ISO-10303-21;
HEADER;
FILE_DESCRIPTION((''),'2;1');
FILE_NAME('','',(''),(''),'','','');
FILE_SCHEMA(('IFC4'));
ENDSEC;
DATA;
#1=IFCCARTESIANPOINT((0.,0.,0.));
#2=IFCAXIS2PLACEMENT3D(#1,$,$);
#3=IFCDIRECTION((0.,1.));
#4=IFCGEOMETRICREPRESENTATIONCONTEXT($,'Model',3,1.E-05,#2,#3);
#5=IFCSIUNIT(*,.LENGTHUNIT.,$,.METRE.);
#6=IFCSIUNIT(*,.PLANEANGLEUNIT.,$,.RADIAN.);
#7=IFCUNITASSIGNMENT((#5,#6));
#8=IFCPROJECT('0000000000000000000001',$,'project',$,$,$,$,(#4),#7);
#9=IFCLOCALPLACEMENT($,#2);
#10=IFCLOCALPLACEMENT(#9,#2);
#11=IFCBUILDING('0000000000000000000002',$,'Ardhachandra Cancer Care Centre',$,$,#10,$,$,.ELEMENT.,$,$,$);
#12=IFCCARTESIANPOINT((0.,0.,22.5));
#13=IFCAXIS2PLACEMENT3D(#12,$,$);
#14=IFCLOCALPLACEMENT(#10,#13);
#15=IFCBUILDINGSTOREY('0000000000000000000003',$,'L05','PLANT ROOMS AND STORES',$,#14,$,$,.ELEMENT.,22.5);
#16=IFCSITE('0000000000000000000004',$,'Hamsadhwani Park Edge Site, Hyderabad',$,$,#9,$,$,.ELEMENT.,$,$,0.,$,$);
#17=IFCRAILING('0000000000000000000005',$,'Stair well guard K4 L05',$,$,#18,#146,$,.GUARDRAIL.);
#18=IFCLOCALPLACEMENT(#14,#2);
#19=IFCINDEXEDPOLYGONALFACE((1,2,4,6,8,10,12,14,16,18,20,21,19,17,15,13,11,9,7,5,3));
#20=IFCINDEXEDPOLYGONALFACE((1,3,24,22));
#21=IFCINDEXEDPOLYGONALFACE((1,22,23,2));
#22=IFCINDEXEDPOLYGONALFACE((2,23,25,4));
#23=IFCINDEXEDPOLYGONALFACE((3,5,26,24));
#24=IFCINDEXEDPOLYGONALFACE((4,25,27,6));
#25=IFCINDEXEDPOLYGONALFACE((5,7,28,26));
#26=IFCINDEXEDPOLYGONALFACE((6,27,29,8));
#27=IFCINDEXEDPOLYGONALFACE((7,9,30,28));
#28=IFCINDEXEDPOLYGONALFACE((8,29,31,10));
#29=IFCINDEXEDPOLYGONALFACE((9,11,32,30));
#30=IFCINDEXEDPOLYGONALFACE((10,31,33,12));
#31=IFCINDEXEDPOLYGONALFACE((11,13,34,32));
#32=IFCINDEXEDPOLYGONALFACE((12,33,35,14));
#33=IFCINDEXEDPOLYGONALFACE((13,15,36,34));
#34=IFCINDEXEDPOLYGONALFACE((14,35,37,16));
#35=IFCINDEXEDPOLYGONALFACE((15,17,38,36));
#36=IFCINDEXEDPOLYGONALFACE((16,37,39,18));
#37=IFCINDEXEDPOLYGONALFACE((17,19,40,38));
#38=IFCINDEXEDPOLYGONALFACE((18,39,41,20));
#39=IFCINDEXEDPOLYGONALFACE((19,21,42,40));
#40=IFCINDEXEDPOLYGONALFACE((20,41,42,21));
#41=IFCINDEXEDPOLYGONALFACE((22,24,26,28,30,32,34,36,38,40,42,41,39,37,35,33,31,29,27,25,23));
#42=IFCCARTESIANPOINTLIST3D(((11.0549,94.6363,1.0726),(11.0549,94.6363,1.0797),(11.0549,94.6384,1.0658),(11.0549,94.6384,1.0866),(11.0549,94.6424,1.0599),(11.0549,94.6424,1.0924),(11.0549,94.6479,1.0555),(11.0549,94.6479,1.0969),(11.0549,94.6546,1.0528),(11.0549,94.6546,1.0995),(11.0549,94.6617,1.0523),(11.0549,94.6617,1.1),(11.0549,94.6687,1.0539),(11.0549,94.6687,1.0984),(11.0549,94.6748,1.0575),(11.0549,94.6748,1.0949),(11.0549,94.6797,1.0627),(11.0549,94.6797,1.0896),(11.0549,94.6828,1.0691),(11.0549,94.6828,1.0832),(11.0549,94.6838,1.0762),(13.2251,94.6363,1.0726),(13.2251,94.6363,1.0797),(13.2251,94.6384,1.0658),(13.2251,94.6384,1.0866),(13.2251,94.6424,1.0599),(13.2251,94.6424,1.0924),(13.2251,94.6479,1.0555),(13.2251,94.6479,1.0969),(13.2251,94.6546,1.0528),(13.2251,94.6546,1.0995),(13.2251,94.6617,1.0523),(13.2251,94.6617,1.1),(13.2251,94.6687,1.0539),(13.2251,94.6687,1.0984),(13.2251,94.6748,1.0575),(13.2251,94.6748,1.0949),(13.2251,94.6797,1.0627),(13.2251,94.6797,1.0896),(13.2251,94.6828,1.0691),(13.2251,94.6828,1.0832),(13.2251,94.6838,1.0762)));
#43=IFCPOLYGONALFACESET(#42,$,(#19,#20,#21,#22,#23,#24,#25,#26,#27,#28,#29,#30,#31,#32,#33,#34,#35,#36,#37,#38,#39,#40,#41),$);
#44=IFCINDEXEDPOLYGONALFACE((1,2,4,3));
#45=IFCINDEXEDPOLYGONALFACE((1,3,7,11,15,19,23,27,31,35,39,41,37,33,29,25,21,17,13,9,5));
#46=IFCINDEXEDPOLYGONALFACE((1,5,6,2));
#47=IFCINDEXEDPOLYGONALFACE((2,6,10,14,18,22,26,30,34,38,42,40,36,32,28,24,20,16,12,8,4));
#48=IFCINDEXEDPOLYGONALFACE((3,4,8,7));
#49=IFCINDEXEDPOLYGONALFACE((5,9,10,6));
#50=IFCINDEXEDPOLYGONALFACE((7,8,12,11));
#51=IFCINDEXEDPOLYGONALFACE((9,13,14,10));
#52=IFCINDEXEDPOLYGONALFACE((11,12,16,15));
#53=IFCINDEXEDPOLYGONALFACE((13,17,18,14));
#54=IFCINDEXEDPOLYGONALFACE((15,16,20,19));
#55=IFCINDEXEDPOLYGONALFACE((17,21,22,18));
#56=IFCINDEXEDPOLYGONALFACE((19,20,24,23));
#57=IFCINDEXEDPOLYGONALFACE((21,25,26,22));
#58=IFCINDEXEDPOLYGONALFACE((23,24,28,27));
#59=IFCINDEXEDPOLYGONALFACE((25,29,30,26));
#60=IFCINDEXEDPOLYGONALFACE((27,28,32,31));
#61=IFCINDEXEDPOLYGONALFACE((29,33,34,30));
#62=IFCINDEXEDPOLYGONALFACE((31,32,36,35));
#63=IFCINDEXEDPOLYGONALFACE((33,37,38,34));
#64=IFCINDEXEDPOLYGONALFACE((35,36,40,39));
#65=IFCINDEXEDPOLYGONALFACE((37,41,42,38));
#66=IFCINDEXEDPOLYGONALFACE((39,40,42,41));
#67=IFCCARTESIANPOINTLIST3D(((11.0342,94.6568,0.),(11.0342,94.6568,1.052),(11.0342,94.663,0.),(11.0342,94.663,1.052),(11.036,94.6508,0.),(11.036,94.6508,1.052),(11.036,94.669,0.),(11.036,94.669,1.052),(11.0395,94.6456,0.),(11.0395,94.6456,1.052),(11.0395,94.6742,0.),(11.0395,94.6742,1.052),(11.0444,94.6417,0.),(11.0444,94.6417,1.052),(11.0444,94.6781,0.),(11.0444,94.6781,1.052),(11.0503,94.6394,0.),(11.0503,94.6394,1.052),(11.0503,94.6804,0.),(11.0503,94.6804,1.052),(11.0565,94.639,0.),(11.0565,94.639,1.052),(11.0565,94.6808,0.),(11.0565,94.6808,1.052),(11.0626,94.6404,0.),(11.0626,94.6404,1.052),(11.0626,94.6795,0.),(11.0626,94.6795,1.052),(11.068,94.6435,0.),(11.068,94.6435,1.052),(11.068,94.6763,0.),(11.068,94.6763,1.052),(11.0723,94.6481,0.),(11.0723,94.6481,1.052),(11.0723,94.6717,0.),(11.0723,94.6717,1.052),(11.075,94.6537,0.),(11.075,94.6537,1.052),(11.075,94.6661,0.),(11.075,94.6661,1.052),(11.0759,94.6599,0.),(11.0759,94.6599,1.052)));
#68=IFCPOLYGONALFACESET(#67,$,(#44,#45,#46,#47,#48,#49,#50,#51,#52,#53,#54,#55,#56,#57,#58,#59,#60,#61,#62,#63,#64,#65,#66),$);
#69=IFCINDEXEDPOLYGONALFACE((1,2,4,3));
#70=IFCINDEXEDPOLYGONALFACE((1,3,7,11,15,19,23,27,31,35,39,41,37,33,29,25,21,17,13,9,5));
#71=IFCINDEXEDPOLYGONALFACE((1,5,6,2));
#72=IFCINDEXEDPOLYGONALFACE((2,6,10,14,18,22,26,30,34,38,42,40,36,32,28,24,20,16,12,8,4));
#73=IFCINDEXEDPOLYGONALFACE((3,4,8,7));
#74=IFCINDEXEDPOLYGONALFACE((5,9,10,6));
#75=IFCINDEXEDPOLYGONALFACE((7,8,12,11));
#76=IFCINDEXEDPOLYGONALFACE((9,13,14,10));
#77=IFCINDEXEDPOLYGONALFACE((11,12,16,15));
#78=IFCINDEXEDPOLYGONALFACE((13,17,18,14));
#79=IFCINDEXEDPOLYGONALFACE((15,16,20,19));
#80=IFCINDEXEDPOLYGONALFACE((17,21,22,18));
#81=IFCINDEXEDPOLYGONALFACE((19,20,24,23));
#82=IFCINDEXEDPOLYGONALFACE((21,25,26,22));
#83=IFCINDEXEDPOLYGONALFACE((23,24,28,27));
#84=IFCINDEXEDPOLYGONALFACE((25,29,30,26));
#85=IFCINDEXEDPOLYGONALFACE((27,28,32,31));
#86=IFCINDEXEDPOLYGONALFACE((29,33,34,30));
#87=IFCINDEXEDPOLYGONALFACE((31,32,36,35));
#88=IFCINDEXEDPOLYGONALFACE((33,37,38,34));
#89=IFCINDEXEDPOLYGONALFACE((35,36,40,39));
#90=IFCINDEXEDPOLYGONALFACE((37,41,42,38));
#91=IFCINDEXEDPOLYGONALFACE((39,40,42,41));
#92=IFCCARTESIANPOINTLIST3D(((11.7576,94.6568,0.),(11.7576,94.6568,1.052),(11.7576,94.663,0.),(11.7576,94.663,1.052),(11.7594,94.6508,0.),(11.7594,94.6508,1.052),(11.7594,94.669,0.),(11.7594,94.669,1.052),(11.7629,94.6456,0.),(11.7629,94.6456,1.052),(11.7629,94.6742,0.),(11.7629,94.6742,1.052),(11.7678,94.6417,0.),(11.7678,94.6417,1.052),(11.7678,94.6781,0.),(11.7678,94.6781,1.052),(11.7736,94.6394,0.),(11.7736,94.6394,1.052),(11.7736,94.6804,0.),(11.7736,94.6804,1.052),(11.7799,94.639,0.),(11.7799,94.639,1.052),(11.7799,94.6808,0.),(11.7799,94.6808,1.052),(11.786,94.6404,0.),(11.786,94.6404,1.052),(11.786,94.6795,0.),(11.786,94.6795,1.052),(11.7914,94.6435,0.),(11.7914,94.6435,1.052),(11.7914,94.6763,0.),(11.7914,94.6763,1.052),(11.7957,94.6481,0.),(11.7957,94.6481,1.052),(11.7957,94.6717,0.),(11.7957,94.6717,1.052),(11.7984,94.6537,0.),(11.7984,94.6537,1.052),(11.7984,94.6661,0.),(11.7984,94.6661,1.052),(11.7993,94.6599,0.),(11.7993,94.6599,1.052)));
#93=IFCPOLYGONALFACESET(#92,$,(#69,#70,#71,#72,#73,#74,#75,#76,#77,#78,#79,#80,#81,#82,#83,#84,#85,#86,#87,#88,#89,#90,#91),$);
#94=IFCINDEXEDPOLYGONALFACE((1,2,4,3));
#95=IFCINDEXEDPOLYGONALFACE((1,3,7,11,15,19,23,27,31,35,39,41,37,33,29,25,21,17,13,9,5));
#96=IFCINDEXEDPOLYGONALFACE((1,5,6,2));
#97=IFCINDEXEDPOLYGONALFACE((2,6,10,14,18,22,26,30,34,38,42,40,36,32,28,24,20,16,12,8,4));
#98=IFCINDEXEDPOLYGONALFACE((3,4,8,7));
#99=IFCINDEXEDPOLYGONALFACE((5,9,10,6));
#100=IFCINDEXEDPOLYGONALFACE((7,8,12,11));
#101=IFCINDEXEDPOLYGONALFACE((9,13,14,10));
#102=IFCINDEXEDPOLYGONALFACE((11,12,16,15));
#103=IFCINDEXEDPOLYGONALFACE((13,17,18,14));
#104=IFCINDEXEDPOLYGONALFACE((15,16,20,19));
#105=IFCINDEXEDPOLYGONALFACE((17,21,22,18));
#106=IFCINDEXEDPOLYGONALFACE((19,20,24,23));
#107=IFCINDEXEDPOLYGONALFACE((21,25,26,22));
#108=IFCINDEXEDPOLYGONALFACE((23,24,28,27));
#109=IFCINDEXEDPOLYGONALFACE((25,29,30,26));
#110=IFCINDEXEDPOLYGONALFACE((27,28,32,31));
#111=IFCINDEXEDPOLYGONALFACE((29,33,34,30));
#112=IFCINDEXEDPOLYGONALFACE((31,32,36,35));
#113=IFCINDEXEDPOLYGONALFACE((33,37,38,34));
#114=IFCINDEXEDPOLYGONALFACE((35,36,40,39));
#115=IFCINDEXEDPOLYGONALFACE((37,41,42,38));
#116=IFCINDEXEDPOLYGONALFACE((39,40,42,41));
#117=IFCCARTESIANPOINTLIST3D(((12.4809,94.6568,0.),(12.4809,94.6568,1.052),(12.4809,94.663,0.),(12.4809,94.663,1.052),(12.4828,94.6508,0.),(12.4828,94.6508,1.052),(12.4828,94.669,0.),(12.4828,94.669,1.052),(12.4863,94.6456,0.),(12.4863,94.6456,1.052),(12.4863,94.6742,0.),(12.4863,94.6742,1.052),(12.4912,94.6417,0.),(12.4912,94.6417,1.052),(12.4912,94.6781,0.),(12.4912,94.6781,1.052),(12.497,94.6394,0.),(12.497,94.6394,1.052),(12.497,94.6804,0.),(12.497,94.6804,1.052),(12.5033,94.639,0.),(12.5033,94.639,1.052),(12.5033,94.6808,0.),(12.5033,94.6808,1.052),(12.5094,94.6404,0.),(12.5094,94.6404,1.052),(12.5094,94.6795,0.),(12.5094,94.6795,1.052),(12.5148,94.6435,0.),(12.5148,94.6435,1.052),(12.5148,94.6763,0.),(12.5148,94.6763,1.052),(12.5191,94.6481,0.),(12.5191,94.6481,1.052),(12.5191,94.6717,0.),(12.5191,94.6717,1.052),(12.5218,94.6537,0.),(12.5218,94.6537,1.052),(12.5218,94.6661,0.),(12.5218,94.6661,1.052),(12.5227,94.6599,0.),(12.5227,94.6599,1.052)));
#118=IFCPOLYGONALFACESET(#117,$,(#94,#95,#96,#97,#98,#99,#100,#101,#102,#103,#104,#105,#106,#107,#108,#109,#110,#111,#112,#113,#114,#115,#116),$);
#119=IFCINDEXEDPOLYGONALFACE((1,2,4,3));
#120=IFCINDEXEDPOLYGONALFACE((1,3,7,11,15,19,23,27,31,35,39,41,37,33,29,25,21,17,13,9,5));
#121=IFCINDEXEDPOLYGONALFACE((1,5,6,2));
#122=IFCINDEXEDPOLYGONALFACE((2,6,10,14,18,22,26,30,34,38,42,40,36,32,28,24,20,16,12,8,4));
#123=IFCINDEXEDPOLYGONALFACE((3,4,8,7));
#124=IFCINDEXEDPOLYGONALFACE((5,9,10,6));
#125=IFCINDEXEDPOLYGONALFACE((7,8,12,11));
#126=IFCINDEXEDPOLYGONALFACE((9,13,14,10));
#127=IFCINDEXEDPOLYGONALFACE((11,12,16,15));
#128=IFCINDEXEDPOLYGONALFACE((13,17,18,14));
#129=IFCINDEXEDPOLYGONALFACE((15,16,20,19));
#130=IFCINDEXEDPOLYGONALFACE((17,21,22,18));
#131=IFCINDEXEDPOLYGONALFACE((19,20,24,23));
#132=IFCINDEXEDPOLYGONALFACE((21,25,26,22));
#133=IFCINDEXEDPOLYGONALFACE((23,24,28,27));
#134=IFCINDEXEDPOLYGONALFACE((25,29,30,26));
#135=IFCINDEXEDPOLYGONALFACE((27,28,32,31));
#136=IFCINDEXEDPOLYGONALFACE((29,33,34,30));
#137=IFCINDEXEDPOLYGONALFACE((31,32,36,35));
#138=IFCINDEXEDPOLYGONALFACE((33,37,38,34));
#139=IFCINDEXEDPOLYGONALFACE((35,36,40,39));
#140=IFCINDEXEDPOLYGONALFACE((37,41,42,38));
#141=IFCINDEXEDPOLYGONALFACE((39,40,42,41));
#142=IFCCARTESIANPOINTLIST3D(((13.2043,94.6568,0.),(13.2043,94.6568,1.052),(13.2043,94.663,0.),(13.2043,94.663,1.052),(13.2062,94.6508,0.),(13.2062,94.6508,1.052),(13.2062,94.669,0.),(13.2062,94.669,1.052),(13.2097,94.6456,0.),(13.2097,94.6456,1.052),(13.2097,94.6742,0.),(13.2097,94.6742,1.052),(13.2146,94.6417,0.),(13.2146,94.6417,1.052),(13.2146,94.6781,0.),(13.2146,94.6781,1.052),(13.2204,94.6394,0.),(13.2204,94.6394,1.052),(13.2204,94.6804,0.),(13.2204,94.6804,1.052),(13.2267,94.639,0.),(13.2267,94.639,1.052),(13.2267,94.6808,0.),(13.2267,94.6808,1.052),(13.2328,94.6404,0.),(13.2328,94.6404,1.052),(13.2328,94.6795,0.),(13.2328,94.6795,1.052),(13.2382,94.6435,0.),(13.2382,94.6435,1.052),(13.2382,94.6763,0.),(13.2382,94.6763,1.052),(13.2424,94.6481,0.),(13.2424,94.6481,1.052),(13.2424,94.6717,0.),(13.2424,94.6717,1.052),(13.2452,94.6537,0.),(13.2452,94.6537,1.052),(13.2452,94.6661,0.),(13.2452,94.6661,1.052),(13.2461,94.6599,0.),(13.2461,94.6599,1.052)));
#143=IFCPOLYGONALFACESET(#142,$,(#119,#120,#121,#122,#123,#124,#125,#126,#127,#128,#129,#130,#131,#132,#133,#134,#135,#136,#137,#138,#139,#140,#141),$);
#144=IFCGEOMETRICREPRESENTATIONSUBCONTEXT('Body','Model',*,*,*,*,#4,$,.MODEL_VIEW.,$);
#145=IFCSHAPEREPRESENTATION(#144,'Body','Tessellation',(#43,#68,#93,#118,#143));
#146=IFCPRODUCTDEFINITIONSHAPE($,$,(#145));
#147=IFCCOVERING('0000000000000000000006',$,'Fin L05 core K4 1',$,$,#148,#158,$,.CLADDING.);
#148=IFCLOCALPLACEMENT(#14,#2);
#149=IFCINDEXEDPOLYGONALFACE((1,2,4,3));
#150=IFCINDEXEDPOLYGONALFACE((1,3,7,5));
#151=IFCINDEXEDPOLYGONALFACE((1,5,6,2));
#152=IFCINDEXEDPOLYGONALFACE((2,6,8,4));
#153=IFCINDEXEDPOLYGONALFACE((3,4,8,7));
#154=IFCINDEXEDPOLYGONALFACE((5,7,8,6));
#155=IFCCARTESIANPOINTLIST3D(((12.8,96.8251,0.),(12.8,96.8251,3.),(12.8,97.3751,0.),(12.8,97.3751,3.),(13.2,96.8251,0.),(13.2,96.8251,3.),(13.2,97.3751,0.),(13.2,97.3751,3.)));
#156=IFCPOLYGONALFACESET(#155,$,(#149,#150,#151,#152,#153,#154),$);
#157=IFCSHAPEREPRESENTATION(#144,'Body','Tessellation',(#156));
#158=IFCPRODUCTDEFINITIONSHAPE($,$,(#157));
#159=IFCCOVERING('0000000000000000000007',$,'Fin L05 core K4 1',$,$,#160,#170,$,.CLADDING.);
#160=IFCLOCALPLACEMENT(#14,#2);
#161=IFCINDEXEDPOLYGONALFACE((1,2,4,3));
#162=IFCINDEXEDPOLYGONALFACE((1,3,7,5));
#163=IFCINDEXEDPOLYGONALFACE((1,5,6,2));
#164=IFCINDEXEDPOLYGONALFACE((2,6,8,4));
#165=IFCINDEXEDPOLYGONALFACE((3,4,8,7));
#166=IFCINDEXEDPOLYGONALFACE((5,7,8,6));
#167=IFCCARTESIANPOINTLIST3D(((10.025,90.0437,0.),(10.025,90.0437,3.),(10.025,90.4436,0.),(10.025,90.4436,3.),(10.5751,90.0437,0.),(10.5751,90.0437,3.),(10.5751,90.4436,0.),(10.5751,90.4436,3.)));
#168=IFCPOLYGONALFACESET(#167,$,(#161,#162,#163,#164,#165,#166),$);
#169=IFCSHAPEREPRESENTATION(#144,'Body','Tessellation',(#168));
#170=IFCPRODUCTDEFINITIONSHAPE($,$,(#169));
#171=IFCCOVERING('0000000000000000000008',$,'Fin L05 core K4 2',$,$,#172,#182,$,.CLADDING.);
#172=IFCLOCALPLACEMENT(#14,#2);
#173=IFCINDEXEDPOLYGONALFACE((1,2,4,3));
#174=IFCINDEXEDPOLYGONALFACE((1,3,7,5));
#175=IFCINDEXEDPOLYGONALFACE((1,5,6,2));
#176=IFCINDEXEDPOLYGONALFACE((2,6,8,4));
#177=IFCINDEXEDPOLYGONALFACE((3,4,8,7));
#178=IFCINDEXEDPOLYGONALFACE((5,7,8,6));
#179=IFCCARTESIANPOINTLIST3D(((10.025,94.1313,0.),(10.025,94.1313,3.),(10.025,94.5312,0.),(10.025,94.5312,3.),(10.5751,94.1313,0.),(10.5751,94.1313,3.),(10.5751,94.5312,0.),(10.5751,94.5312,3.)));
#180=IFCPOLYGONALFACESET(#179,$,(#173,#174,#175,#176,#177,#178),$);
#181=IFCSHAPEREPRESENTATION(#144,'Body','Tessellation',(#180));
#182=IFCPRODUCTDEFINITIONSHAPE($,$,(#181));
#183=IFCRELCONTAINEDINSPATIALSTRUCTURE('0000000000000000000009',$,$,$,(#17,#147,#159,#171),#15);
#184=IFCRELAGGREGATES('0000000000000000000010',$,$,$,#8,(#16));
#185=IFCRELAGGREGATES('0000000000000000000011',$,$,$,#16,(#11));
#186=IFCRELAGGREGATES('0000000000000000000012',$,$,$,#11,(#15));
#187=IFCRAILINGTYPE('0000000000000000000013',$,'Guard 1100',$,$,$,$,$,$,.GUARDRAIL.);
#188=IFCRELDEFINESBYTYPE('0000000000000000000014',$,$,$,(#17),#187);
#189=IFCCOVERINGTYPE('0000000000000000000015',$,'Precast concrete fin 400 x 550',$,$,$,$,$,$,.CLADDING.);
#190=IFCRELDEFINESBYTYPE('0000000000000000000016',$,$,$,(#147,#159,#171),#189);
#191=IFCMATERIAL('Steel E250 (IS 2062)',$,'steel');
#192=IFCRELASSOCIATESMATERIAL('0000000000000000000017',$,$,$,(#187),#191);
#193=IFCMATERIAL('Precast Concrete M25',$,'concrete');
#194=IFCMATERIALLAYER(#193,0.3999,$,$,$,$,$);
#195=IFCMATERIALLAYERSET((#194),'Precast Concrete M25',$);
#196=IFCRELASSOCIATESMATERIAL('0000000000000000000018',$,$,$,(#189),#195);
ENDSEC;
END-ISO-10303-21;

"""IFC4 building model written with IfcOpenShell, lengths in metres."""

from ifc_helpers import new_model, si_unit, direction, frame, origin, origin_2d, place, context, subcontext, project, spatial, rectangle, circle, extrude, material, layer, layer_set, type_object, element, save


model = new_model("IFC4")

# Units and contexts
model_context = context("Model", 3, precision=1e-05, world=origin(), true_north=direction((0.0, 1.0)))
body_context = subcontext(model_context, "Body", "Model", "MODEL_VIEW")
ifc_project = project(units=[si_unit("LENGTHUNIT", "METRE"), si_unit("PLANEANGLEUNIT", "RADIAN")], contexts=[model_context])

# Site, building, storey
site_placement = place(None, origin())
site = spatial("IfcSite", under=ifc_project, at=site_placement, Name="Hamsadhwani Park Edge Site, Hyderabad", CompositionType="ELEMENT", RefElevation=0.0)
building_placement = place(site_placement, origin())
building = spatial("IfcBuilding", under=site, at=building_placement, Name="Ardhachandra Cancer Care Centre", CompositionType="ELEMENT")
storey_placement = place(building_placement, frame((0.0, 0.0, 22.5)))
storey = spatial("IfcBuildingStorey", under=building, at=storey_placement, Name="L05", Description="PLANT ROOMS AND STORES", CompositionType="ELEMENT", Elevation=22.5)

# Railing
ifc_material_1 = material(Name="Steel E250 (IS 2062)", Category="steel")
railing_type = type_object("IfcRailingType", Name="Guard 1100", PredefinedType="GUARDRAIL", material=ifc_material_1)
railing_placement = place(storey_placement, frame((11.0549, 94.6599, 0.0)))
element("IfcRailing", 1, at=railing_placement, inside=storey, type_object=railing_type, Name="Stair well guard K4 L05", PredefinedType="GUARDRAIL", context=body_context, shape_type="SweptSolid", body=[
    extrude(circle(Radius=0.0239, at=origin_2d()), frame((0.0, 0.0, 1.0762), z_axis=(1.0, 0.0, 0.0), x_axis=(0.0, 1.0, 0.0)), (0.0, 0.0, 1.0), 2.1702),
    extrude(circle(Radius=0.021, at=origin_2d()), origin(), (0.0, 0.0, 1.0), 1.052),
    extrude(circle(Radius=0.021, at=origin_2d()), frame((0.7234, 0.0, 0.0)), (0.0, 0.0, 1.0), 1.052),
    extrude(circle(Radius=0.021, at=origin_2d()), frame((1.4468, 0.0, 0.0)), (0.0, 0.0, 1.0), 1.052),
    extrude(circle(Radius=0.021, at=origin_2d()), frame((2.1702, 0.0, 0.0)), (0.0, 0.0, 1.0), 1.052),
])

# Coverings
ifc_material_2 = material(Name="Precast Concrete M25", Category="concrete")
ifc_layer_1 = layer(ifc_material_2, 0.3999)
ifc_layer_set_1 = layer_set([ifc_layer_1], Name="Precast Concrete M25")
covering_type = type_object("IfcCoveringType", Name="Precast concrete fin 400 x 550", PredefinedType="CLADDING", material=ifc_layer_set_1)
for number, where, z_axis, x_axis, name in (
    (2, (13.0, 97.1001, 0.0), (0.0, 0.0, 1.0), (1.0, 0.0, 0.0), "Fin L05 core K4 1"),
    (3, (10.3, 90.2437, 0.0), (0.0, 0.0, 1.0), (0.0, 1.0, 0.0), "Fin L05 core K4 1"),
    (4, (10.3, 94.3313, 0.0), (0.0, 0.0, 1.0), (0.0, 1.0, 0.0), "Fin L05 core K4 2"),
):
    element("IfcCovering", number, at=place(storey_placement, frame(where, z_axis=z_axis, x_axis=x_axis)), inside=storey, type_object=covering_type, Name=name, PredefinedType="CLADDING", context=body_context, shape_type="SweptSolid", body=[
        extrude(rectangle(XDim=0.3999, YDim=0.55, at=origin_2d()), origin(), (0.0, 0.0, 1.0), 3.0),
    ])

save(model, "model.ifc")
